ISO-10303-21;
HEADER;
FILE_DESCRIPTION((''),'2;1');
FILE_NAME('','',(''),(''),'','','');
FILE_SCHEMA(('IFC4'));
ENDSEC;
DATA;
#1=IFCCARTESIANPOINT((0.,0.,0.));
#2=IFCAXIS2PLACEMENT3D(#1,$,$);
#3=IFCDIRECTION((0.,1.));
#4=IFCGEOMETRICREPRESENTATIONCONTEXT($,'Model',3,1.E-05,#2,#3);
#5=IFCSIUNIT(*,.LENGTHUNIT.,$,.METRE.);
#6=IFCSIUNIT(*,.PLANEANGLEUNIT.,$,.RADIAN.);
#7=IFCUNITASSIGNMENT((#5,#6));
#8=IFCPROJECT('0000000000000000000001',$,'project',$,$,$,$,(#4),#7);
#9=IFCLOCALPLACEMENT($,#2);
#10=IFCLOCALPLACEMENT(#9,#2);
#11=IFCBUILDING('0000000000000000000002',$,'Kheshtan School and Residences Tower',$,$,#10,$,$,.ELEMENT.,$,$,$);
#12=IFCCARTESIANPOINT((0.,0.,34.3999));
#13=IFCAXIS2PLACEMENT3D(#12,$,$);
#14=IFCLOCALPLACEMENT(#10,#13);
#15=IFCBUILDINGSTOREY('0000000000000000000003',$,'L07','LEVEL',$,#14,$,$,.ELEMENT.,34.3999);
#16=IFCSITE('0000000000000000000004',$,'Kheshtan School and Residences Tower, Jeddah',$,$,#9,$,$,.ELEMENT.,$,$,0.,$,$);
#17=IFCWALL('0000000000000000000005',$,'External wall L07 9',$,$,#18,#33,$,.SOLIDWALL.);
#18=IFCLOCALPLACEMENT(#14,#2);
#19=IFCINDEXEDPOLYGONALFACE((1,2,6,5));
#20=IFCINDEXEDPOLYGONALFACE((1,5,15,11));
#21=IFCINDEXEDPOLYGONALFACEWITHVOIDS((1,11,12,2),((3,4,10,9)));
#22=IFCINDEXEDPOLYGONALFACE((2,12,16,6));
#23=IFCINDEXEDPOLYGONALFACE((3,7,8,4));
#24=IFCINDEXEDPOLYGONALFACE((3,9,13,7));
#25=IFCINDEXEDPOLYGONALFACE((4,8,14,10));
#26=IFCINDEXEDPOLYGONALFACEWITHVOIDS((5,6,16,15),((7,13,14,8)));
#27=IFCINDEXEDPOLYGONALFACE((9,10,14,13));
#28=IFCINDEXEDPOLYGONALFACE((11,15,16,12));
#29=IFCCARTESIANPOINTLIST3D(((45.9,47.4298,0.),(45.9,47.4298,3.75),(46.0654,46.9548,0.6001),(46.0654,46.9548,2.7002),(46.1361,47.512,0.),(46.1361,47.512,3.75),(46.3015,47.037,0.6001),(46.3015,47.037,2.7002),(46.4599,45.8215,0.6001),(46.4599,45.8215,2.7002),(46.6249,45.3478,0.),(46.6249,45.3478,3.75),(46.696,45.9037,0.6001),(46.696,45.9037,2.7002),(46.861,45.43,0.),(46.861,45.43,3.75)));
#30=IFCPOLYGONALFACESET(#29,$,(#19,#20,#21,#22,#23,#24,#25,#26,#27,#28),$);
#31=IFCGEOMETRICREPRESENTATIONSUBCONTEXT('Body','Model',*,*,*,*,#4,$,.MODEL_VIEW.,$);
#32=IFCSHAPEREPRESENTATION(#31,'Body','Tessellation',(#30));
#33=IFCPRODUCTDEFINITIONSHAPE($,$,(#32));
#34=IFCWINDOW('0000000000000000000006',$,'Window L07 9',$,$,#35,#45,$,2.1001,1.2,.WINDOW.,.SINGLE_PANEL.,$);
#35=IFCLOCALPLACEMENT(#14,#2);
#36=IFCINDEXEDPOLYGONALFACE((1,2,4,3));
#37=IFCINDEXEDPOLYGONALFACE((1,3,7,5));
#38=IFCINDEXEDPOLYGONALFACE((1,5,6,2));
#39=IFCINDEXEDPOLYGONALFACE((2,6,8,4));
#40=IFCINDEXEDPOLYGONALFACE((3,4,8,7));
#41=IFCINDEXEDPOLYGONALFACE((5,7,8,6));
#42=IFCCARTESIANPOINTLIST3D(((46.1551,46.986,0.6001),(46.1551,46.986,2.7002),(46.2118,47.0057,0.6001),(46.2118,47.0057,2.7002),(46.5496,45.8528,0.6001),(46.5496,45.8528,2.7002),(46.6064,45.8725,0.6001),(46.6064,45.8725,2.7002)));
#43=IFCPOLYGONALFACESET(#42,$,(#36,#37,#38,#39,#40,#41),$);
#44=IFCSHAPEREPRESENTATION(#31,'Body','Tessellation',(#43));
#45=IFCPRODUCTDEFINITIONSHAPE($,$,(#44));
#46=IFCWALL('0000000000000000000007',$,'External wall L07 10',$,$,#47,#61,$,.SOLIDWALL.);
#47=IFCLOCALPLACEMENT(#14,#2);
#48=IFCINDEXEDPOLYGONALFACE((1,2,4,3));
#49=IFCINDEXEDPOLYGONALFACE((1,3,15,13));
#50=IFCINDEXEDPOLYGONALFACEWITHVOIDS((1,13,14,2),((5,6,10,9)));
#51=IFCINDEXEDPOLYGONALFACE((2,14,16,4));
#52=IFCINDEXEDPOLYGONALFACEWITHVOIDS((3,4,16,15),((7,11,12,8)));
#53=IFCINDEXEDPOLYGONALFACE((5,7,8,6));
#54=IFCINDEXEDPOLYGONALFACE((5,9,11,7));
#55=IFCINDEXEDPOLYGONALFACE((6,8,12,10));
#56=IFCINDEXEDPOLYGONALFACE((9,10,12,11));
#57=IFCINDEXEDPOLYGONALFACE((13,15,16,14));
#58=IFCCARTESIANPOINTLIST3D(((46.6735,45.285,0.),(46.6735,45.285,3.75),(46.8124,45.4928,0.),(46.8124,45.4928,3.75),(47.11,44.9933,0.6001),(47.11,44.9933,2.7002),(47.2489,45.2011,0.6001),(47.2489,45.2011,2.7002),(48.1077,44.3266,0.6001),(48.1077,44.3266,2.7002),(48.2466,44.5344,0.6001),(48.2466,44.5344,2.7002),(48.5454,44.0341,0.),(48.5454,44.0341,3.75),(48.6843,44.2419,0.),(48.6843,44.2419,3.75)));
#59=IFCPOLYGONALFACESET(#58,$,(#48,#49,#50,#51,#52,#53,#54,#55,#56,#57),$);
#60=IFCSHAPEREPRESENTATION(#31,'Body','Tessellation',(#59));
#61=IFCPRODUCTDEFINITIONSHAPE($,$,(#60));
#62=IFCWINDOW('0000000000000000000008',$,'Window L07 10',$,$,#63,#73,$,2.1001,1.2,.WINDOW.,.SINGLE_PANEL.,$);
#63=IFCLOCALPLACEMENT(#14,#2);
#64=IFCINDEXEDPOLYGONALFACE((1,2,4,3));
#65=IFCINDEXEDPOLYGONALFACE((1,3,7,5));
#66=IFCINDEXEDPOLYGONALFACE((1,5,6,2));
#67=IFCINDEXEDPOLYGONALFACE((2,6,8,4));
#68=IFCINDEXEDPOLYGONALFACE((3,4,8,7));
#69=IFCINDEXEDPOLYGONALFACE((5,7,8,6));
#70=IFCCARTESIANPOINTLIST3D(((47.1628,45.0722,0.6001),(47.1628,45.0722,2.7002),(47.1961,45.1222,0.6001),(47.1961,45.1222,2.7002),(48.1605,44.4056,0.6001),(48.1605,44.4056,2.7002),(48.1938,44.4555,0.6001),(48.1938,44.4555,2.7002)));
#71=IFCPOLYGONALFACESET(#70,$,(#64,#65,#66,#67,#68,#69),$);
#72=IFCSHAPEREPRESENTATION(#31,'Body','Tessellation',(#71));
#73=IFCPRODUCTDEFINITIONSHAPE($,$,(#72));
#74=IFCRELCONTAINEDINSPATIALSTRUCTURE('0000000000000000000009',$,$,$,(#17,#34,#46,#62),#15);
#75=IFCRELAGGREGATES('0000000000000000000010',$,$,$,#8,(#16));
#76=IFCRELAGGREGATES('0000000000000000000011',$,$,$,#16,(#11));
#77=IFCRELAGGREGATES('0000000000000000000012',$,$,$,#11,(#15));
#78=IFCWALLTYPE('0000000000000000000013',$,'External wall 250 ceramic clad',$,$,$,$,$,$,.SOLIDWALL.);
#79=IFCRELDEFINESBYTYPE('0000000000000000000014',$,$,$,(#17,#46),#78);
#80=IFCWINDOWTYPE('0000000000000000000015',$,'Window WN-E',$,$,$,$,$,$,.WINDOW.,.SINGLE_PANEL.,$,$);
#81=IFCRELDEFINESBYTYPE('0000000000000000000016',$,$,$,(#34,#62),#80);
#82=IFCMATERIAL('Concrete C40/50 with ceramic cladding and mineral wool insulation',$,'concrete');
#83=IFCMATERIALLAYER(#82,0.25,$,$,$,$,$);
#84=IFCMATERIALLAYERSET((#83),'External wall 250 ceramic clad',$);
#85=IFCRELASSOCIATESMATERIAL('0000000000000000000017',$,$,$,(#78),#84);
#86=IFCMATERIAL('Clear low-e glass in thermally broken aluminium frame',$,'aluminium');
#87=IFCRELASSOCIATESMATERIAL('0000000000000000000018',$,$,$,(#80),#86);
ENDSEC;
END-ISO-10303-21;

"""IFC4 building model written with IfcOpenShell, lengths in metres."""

from ifc_helpers import new_model, si_unit, direction, frame, frame_2d, origin, place, context, subcontext, project, spatial, rectangle, extrude, source, transform, mapped, material, layer, layer_set, type_object, element, fill, save


model = new_model("IFC4")

# Units and contexts
model_context = context("Model", 3, precision=1e-05, world=origin(), true_north=direction((0.0, 1.0)))
body_context = subcontext(model_context, "Body", "Model", "MODEL_VIEW")
ifc_project = project(units=[si_unit("LENGTHUNIT", "METRE"), si_unit("PLANEANGLEUNIT", "RADIAN")], contexts=[model_context])

# Site, building, storey
site_placement = place(None, origin())
site = spatial("IfcSite", under=ifc_project, at=site_placement, Name="Kheshtan School and Residences Tower, Jeddah", CompositionType="ELEMENT", RefElevation=0.0)
building_placement = place(site_placement, origin())
building = spatial("IfcBuilding", under=site, at=building_placement, Name="Kheshtan School and Residences Tower", CompositionType="ELEMENT")
storey_placement = place(building_placement, frame((0.0, 0.0, 34.3999)))
storey = spatial("IfcBuildingStorey", under=building, at=storey_placement, Name="L07", Description="LEVEL", CompositionType="ELEMENT", Elevation=34.3999)

# Shared definitions
ifc_material_1 = material(Name="Clear low-e glass in thermally broken aluminium frame", Category="aluminium")

# Walls, openings, windows
ifc_material_2 = material(Name="Concrete C40/50 with ceramic cladding and mineral wool insulation", Category="concrete")
ifc_layer_1 = layer(ifc_material_2, 0.25)
ifc_layer_set_1 = layer_set([ifc_layer_1], Name="External wall 250 ceramic clad")
wall_type_1 = type_object("IfcWallType", Name="External wall 250 ceramic clad", PredefinedType="SOLIDWALL", material=ifc_layer_set_1)
wall_1_placement = place(storey_placement, frame((46.0181, 47.4709, 0.0), z_axis=(0.0, 0.0, 1.0), x_axis=(0.328791, -0.944403, 0.0)))
wall_1 = element("IfcWall", 1, at=wall_1_placement, inside=storey, type_object=wall_type_1, Name="External wall L07 9", PredefinedType="SOLIDWALL", context=body_context, shape_type="SweptSolid", body=[
    extrude(rectangle(XDim=2.2046, YDim=0.25, at=frame_2d((1.1023, 0.0))), origin(), (0.0, 0.0, 1.0), 3.75),
])
opening_1_placement = place(wall_1_placement, frame((0.5029, 0.0, 0.6001)))
opening_1 = element("IfcOpeningElement", 2, at=opening_1_placement, cuts=wall_1, PredefinedType="OPENING", context=body_context, shape_type="SweptSolid", body=[
    extrude(rectangle(XDim=1.2, YDim=2.1001, at=frame_2d((0.6001, 1.05))), frame((0.0, 0.135, 0.0), z_axis=(0.0, -1.0, 0.0), x_axis=(1.0, 0.0, 0.0)), (0.0, 0.0, 1.0), 0.27),
])
window_type = type_object("IfcWindowType", Name="Window WN-E", PartitioningType="SINGLE_PANEL", PredefinedType="WINDOW", material=ifc_material_1)
shared_shape_1 = source(origin(), body_context, "Body", "SweptSolid", [
    extrude(rectangle(XDim=1.2, YDim=2.1001, at=frame_2d((0.6001, 1.05))), frame((0.0, 0.03, 0.0), z_axis=(0.0, -1.0, 0.0), x_axis=(1.0, 0.0, 0.0)), (0.0, 0.0, 1.0), 0.0601),
])
window_1_placement = place(opening_1_placement, origin())
window_1 = element("IfcWindow", 3, at=window_1_placement, inside=storey, type_object=window_type, Name="Window L07 9", OverallHeight=2.1001, OverallWidth=1.2, PartitioningType="SINGLE_PANEL", PredefinedType="WINDOW", context=body_context, shape_type="MappedRepresentation", body=[
    mapped(shared_shape_1, transform((0.0, 0.0, 0.0), x_axis=(1.0, 0.0, 0.0), y_axis=(0.0, 1.0, 0.0), z_axis=(0.0, 0.0, 1.0), scale=1.0)),
])
fill(opening_1, window_1)
wall_2_placement = place(storey_placement, frame((46.7429, 45.3889, 0.0), z_axis=(0.0, 0.0, 1.0), x_axis=(0.831449, -0.555601, 0.0)))
wall_2 = element("IfcWall", 4, at=wall_2_placement, inside=storey, type_object=wall_type_1, Name="External wall L07 10", PredefinedType="SOLIDWALL", context=body_context, shape_type="SweptSolid", body=[
    extrude(rectangle(XDim=2.2515, YDim=0.25, at=frame_2d((1.1257, 0.0))), origin(), (0.0, 0.0, 1.0), 3.75),
])
opening_2_placement = place(wall_2_placement, frame((0.5249, 0.0, 0.6001)))
opening_2 = element("IfcOpeningElement", 5, at=opening_2_placement, cuts=wall_2, PredefinedType="OPENING", context=body_context, shape_type="SweptSolid", body=[
    extrude(rectangle(XDim=1.2, YDim=2.1001, at=frame_2d((0.6001, 1.05))), frame((0.0, 0.135, 0.0), z_axis=(0.0, -1.0, 0.0), x_axis=(1.0, 0.0, 0.0)), (0.0, 0.0, 1.0), 0.27),
])
window_2_placement = place(opening_2_placement, origin())
window_2 = element("IfcWindow", 6, at=window_2_placement, inside=storey, type_object=window_type, Name="Window L07 10", OverallHeight=2.1001, OverallWidth=1.2, PartitioningType="SINGLE_PANEL", PredefinedType="WINDOW", context=body_context, shape_type="MappedRepresentation", body=[
    mapped(shared_shape_1, transform((0.0, 0.0, 0.0), x_axis=(1.0, 0.0, 0.0), y_axis=(0.0, 1.0, 0.0), z_axis=(0.0, 0.0, 1.0), scale=1.0)),
])
fill(opening_2, window_2)

save(model, "model.ifc")
